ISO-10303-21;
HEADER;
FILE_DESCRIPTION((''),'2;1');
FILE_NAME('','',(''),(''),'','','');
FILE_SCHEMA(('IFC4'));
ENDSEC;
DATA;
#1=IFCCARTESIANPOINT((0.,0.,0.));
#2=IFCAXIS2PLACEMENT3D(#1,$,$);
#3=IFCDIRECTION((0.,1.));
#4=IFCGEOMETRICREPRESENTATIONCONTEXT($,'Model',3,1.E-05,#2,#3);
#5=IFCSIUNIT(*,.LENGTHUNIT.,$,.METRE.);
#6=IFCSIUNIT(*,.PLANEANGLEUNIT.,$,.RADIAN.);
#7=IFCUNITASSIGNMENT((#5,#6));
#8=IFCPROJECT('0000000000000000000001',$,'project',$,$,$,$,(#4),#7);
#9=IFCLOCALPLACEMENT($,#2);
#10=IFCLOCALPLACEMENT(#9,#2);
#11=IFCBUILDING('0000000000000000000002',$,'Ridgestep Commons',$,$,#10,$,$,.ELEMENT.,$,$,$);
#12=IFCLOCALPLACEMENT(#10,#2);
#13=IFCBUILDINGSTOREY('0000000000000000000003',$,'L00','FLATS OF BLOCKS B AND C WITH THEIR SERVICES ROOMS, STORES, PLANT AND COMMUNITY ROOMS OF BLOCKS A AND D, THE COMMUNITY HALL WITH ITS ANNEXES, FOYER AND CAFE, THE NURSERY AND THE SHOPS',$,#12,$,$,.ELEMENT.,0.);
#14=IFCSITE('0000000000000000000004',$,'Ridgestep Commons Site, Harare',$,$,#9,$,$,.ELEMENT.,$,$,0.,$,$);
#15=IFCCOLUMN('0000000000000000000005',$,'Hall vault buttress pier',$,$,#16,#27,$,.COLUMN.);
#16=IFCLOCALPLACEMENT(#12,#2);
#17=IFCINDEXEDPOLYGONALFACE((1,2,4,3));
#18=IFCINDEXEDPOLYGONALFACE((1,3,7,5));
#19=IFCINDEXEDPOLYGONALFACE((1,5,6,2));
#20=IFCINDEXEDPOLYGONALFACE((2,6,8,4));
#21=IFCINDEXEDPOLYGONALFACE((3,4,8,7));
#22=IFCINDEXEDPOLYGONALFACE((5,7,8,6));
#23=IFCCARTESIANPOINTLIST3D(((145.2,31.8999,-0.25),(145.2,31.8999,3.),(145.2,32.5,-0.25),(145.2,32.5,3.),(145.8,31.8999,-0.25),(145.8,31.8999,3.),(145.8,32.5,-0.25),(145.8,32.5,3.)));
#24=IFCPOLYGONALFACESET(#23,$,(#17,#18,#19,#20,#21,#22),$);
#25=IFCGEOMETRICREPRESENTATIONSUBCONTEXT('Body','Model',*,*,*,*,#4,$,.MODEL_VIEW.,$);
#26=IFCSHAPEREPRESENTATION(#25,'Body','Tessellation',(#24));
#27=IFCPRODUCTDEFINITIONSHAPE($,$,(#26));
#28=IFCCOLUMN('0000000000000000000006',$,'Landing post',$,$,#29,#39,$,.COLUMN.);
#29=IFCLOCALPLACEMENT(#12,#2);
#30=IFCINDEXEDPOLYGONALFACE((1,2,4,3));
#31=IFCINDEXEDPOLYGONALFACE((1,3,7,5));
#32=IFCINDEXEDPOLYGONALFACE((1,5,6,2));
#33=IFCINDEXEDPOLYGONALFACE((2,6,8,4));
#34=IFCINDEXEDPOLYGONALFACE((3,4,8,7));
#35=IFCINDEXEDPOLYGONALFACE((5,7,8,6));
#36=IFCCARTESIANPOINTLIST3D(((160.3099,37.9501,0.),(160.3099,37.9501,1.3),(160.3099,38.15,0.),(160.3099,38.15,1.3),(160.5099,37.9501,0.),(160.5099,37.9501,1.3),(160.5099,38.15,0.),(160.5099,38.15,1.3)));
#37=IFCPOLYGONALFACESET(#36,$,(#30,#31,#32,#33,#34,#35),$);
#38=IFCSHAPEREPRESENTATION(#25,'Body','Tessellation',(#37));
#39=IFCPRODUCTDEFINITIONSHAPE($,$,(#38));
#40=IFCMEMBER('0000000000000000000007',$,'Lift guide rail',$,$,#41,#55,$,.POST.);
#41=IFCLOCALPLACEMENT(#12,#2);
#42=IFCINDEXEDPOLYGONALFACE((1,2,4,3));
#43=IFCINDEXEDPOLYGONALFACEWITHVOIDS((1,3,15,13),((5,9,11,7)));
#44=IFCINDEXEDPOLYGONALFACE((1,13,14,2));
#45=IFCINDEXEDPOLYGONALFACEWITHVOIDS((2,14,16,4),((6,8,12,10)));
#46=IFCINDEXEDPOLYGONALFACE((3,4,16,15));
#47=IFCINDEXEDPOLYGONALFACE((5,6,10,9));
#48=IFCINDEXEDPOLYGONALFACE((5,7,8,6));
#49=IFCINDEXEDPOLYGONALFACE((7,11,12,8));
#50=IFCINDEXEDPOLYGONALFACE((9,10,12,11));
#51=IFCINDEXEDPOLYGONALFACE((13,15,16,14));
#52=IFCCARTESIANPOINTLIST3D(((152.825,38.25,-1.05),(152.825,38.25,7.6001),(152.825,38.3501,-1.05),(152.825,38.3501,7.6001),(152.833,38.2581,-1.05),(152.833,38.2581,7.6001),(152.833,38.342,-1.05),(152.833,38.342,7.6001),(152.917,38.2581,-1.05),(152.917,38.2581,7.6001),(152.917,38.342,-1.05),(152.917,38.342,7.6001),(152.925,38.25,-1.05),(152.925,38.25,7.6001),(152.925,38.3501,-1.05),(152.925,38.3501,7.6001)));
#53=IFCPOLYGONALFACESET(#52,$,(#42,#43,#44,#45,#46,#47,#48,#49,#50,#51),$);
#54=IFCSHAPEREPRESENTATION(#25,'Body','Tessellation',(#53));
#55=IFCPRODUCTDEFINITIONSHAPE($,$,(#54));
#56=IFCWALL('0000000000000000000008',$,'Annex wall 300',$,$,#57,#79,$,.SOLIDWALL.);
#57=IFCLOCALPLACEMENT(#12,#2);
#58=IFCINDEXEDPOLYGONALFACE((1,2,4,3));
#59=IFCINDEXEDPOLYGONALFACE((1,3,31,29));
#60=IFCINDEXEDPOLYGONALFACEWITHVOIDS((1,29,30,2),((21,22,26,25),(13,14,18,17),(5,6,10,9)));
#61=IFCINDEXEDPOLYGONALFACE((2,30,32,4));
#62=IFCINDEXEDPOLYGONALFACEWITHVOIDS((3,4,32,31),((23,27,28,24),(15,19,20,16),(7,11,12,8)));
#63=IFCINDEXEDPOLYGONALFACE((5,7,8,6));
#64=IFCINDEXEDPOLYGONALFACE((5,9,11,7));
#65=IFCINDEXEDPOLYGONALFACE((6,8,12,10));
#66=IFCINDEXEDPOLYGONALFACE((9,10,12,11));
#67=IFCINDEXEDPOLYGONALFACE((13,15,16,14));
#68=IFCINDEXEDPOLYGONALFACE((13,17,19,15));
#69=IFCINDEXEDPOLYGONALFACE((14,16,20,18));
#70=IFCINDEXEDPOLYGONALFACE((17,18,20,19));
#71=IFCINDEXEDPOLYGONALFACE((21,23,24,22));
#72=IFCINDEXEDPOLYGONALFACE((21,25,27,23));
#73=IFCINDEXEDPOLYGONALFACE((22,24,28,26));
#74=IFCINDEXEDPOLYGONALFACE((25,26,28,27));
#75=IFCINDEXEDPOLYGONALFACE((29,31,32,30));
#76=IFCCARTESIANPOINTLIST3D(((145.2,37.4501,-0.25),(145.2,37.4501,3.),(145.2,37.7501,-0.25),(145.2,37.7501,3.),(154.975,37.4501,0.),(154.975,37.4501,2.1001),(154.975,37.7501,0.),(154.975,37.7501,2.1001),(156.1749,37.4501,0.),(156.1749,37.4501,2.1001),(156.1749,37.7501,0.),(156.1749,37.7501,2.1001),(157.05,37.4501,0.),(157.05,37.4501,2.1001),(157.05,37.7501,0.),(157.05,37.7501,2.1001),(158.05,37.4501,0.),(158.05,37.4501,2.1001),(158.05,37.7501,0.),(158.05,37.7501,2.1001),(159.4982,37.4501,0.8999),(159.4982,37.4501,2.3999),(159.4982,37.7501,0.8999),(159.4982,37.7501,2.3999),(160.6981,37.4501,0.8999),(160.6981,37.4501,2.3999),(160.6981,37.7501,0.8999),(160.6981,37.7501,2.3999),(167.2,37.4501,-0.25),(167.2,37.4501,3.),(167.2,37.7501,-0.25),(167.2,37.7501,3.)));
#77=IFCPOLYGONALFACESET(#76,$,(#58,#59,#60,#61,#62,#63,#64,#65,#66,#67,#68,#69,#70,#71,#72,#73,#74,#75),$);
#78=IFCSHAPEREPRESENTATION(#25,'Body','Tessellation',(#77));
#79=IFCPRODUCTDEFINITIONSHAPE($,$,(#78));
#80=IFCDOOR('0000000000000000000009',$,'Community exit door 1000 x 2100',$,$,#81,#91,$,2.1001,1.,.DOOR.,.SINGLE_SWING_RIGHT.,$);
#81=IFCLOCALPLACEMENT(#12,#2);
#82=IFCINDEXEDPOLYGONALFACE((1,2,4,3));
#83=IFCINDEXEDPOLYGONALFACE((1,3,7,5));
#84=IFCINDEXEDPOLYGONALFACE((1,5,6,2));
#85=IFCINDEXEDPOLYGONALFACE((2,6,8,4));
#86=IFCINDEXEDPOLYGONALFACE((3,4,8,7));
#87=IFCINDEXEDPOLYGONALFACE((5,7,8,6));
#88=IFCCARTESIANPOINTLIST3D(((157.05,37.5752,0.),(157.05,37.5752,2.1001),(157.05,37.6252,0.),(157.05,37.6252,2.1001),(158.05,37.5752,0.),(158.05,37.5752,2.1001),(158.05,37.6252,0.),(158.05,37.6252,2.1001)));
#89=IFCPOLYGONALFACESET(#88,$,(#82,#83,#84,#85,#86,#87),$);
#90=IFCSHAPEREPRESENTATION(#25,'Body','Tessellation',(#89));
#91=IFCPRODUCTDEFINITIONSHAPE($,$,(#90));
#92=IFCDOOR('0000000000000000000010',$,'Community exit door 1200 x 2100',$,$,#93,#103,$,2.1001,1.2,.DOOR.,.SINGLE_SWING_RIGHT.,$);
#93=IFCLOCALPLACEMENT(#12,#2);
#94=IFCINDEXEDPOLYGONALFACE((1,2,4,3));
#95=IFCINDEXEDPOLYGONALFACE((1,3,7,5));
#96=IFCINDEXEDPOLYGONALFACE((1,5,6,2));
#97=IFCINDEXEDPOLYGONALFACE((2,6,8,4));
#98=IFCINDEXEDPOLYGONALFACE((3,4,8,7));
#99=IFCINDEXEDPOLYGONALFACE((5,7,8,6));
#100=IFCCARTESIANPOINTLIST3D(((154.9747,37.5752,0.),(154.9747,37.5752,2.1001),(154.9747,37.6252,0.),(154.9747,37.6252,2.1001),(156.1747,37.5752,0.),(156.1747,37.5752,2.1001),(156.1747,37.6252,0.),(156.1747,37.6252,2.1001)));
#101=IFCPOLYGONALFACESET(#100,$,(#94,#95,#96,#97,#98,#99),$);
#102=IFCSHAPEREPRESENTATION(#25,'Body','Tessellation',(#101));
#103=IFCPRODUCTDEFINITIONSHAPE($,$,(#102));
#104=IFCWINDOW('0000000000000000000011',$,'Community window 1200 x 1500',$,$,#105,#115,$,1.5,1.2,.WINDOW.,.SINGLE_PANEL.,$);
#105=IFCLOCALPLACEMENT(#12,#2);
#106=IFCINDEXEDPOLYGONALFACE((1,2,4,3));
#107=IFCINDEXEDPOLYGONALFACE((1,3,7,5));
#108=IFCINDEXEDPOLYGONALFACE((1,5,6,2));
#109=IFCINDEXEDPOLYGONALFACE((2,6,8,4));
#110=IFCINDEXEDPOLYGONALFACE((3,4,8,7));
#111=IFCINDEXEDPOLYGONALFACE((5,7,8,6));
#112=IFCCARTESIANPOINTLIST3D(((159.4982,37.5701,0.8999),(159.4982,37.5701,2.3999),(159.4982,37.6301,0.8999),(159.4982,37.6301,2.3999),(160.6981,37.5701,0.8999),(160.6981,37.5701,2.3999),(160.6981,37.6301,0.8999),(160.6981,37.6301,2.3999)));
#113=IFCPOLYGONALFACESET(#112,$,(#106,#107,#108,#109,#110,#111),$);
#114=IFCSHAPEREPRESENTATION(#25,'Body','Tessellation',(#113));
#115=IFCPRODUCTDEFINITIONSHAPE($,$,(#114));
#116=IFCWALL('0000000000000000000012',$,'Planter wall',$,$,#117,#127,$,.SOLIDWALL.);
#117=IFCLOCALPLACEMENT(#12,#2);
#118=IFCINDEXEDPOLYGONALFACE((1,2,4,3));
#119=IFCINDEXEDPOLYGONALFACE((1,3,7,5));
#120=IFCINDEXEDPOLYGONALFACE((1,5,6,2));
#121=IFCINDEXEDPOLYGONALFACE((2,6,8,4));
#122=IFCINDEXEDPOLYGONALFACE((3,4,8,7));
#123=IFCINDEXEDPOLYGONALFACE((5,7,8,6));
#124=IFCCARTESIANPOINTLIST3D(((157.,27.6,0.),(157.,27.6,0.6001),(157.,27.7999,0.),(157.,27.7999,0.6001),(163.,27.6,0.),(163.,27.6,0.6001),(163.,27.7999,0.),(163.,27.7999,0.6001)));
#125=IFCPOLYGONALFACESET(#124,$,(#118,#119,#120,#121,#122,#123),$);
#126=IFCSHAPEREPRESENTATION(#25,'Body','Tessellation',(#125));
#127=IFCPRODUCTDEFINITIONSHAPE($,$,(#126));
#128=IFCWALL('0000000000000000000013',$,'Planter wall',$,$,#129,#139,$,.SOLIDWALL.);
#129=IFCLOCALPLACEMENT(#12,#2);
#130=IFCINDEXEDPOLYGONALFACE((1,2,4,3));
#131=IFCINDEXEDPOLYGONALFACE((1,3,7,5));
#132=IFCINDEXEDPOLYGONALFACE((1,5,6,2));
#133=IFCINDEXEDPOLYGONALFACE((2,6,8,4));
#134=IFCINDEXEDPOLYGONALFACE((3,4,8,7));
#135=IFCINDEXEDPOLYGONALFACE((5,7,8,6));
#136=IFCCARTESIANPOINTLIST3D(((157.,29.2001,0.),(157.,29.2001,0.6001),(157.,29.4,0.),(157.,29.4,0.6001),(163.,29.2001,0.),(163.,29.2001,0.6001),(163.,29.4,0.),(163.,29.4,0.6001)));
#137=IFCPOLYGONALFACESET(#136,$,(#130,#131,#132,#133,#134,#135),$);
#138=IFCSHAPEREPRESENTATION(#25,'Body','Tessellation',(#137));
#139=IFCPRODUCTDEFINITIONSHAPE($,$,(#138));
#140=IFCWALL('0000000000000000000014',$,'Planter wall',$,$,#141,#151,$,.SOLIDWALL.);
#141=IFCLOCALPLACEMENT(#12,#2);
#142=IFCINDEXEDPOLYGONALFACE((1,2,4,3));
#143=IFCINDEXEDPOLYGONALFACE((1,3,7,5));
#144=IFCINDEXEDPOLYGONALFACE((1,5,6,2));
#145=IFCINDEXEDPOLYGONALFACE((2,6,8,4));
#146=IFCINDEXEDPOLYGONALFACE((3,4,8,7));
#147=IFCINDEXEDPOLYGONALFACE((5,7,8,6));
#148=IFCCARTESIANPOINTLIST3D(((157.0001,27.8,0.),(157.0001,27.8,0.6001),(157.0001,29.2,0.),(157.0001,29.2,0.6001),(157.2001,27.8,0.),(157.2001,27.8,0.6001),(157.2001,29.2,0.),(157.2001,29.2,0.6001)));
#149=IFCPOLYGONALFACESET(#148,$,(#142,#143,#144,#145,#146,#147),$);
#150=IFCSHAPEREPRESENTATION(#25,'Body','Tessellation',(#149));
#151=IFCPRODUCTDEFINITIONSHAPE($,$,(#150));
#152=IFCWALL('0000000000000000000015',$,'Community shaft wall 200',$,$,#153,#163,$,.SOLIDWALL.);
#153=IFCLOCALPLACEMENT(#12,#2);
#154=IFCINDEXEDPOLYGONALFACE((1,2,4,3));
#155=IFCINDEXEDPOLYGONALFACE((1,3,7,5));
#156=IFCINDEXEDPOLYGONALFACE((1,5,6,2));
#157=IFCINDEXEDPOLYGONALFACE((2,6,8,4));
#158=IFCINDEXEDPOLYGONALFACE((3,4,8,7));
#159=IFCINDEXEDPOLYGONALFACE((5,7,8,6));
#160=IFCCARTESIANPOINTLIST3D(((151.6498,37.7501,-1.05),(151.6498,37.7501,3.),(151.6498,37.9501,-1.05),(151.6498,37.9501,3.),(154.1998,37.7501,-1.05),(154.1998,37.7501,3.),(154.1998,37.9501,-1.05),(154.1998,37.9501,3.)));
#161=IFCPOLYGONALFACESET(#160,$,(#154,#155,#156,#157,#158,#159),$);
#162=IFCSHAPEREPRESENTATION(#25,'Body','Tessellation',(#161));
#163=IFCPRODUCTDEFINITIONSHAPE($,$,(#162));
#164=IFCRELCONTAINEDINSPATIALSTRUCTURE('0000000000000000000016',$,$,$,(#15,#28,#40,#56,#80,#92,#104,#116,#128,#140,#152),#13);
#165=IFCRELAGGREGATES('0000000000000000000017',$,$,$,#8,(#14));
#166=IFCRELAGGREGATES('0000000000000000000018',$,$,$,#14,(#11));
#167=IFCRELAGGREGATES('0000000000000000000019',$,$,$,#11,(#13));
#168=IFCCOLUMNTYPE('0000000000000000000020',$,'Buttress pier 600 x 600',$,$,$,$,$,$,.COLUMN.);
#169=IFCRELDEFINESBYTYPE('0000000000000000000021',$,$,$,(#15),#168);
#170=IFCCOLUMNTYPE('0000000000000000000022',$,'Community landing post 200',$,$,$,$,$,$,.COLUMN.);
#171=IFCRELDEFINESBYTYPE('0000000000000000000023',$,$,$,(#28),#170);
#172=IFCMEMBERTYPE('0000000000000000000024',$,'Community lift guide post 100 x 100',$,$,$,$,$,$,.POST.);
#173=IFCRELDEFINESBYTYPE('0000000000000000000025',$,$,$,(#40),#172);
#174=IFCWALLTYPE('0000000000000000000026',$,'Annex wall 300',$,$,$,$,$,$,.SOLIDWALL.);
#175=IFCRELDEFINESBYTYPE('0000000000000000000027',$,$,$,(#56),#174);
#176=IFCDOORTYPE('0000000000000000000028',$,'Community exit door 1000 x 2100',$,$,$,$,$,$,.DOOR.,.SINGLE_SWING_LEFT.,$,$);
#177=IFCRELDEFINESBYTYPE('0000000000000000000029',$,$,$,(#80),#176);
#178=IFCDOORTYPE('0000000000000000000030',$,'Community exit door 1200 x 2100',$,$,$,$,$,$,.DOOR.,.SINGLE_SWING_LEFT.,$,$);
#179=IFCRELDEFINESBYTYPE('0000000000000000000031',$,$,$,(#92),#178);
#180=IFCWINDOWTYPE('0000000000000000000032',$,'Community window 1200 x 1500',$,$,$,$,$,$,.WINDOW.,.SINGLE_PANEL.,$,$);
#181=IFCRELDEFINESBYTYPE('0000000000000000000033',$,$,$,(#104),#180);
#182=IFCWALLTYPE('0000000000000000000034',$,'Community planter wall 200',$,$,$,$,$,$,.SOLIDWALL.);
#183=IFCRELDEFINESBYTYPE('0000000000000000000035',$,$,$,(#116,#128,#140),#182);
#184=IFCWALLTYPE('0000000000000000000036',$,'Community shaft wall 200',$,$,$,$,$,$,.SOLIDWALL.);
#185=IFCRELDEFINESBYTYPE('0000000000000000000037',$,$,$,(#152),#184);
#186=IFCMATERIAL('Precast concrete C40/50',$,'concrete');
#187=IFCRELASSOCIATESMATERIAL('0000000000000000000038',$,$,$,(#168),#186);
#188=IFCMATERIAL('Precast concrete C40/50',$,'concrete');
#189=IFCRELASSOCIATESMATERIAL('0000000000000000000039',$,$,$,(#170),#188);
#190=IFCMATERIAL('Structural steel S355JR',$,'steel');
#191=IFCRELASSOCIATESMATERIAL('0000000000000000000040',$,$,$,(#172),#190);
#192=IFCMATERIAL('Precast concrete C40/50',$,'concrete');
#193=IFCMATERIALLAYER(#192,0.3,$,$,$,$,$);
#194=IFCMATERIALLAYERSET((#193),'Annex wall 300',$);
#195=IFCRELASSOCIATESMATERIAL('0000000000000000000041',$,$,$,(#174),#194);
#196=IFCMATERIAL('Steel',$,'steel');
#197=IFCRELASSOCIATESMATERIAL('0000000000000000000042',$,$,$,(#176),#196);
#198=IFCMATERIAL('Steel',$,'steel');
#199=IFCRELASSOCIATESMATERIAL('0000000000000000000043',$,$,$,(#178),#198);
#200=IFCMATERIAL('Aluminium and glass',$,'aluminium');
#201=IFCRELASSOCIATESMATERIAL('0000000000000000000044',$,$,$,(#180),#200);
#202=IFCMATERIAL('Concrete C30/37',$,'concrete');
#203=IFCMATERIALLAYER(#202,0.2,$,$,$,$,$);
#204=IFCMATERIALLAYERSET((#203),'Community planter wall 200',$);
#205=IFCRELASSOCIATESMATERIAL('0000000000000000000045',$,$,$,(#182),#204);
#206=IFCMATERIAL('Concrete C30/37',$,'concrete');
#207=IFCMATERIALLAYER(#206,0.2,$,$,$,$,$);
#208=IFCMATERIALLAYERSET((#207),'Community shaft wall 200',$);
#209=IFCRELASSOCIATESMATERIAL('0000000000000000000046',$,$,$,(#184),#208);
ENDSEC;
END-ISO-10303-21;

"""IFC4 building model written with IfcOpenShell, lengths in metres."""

from ifc_helpers import new_model, si_unit, direction, frame, frame_2d, origin, origin_2d, place, context, subcontext, project, spatial, rectangle, hollow_rectangle, extrude, material, layer, layer_set, material_profile, profile_set, type_object, element, fill, save


model = new_model("IFC4")

# Units and contexts
model_context = context("Model", 3, precision=1e-05, world=origin(), true_north=direction((0.0, 1.0)))
body_context = subcontext(model_context, "Body", "Model", "MODEL_VIEW")
ifc_project = project(units=[si_unit("LENGTHUNIT", "METRE"), si_unit("PLANEANGLEUNIT", "RADIAN")], contexts=[model_context])

# Site, building, storey
site_placement = place(None, origin())
site = spatial("IfcSite", under=ifc_project, at=site_placement, Name="Ridgestep Commons Site, Harare", CompositionType="ELEMENT", RefElevation=0.0)
building_placement = place(site_placement, origin())
building = spatial("IfcBuilding", under=site, at=building_placement, Name="Ridgestep Commons", CompositionType="ELEMENT")
storey_placement = place(building_placement, origin())
storey = spatial("IfcBuildingStorey", under=building, at=storey_placement, Name="L00", Description="FLATS OF BLOCKS B AND C WITH THEIR SERVICES ROOMS, STORES, PLANT AND COMMUNITY ROOMS OF BLOCKS A AND D, THE COMMUNITY HALL WITH ITS ANNEXES, FOYER AND CAFE, THE NURSERY AND THE SHOPS", CompositionType="ELEMENT", Elevation=0.0)

# Columns
ifc_material_1 = material(Name="Precast concrete C40/50", Category="concrete")
ifc_material_profile_1 = material_profile(ifc_material_1, rectangle(XDim=0.6001, YDim=0.6001, at=origin_2d()), Name="Buttress pier 600 x 600")
ifc_profile_set_1 = profile_set([ifc_material_profile_1], Name="Precast concrete C40/50")
column_type_1 = type_object("IfcColumnType", Name="Buttress pier 600 x 600", PredefinedType="COLUMN", material=ifc_profile_set_1)
column_1_placement = place(storey_placement, frame((145.5, 32.2, -0.25), z_axis=(0.0, 0.0, 1.0), x_axis=(1.0, 0.0, 0.0)))
element("IfcColumn", 1, at=column_1_placement, inside=storey, type_object=column_type_1, Name="Hall vault buttress pier", PredefinedType="COLUMN", context=body_context, shape_type="SweptSolid", body=[
    extrude(rectangle(XDim=0.6001, YDim=0.6001, at=origin_2d()), origin(), (0.0, 0.0, 1.0), 3.25),
])
ifc_material_2 = material(Name="Precast concrete C40/50", Category="concrete")
ifc_material_profile_2 = material_profile(ifc_material_2, rectangle(XDim=0.2, YDim=0.2, at=origin_2d()), Name="Community landing post 200")
ifc_profile_set_2 = profile_set([ifc_material_profile_2], Name="Precast concrete C40/50")
column_type_2 = type_object("IfcColumnType", Name="Community landing post 200", PredefinedType="COLUMN", material=ifc_profile_set_2)
column_2_placement = place(storey_placement, frame((160.4099, 38.05, 0.0), z_axis=(0.0, 0.0, 1.0), x_axis=(1.0, 0.0, 0.0)))
element("IfcColumn", 2, at=column_2_placement, inside=storey, type_object=column_type_2, Name="Landing post", PredefinedType="COLUMN", context=body_context, shape_type="SweptSolid", body=[
    extrude(rectangle(XDim=0.2, YDim=0.2, at=origin_2d()), origin(), (0.0, 0.0, 1.0), 1.3),
])

# Member
ifc_material_3 = material(Name="Structural steel S355JR", Category="steel")
ifc_material_profile_3 = material_profile(ifc_material_3, hollow_rectangle(XDim=0.1001, YDim=0.1001, WallThickness=0.0081, at=origin_2d()), Name="RHS 100x100x8")
ifc_profile_set_3 = profile_set([ifc_material_profile_3], Name="Structural steel S355JR")
member_type = type_object("IfcMemberType", Name="Community lift guide post 100 x 100", PredefinedType="POST", material=ifc_profile_set_3)
member_placement = place(storey_placement, frame((152.875, 38.3, -1.05), z_axis=(0.0, 0.0, 1.0), x_axis=(1.0, 0.0, 0.0)))
element("IfcMember", 3, at=member_placement, inside=storey, type_object=member_type, Name="Lift guide rail", PredefinedType="POST", context=body_context, shape_type="SweptSolid", body=[
    extrude(hollow_rectangle(XDim=0.1001, YDim=0.1001, WallThickness=0.0081, at=origin_2d()), origin(), (0.0, 0.0, 1.0), 8.6501),
])

# Wall, openings, doors, window
ifc_material_4 = material(Name="Precast concrete C40/50", Category="concrete")
ifc_layer_1 = layer(ifc_material_4, 0.3)
ifc_layer_set_1 = layer_set([ifc_layer_1], Name="Annex wall 300")
wall_type_1 = type_object("IfcWallType", Name="Annex wall 300", PredefinedType="SOLIDWALL", material=ifc_layer_set_1)
wall_1_placement = place(storey_placement, frame((145.2, 37.6001, -0.25), z_axis=(0.0, 0.0, 1.0), x_axis=(1.0, 0.0, 0.0)))
wall_1 = element("IfcWall", 4, at=wall_1_placement, inside=storey, type_object=wall_type_1, Name="Annex wall 300", PredefinedType="SOLIDWALL", context=body_context, shape_type="SweptSolid", body=[
    extrude(rectangle(XDim=22.0, YDim=0.3, at=frame_2d((11.0, 0.0))), origin(), (0.0, 0.0, 1.0), 3.25),
])
opening_1_placement = place(wall_1_placement, frame((14.2981, 0.0, 1.1499)))
opening_1 = element("IfcOpeningElement", 5, at=opening_1_placement, cuts=wall_1, PredefinedType="OPENING", context=body_context, shape_type="SweptSolid", body=[
    extrude(rectangle(XDim=1.2, YDim=1.5, at=frame_2d((0.6001, 0.75))), frame((0.0, 0.1599, 0.0), z_axis=(0.0, -1.0, 0.0), x_axis=(1.0, 0.0, 0.0)), (0.0, 0.0, 1.0), 0.3201),
])
opening_2_placement = place(wall_1_placement, frame((9.7749, 0.0, 0.25)))
opening_2 = element("IfcOpeningElement", 6, at=opening_2_placement, cuts=wall_1, PredefinedType="OPENING", context=body_context, shape_type="SweptSolid", body=[
    extrude(rectangle(XDim=1.2, YDim=2.1001, at=frame_2d((0.6001, 1.05))), frame((0.0, 0.1599, 0.0), z_axis=(0.0, -1.0, 0.0), x_axis=(1.0, 0.0, 0.0)), (0.0, 0.0, 1.0), 0.3201),
])
opening_3_placement = place(wall_1_placement, frame((11.8501, 0.0, 0.25)))
opening_3 = element("IfcOpeningElement", 7, at=opening_3_placement, cuts=wall_1, PredefinedType="OPENING", context=body_context, shape_type="SweptSolid", body=[
    extrude(rectangle(XDim=1.0, YDim=2.1001, at=frame_2d((0.5, 1.05))), frame((0.0, 0.1599, 0.0), z_axis=(0.0, -1.0, 0.0), x_axis=(1.0, 0.0, 0.0)), (0.0, 0.0, 1.0), 0.3201),
])
ifc_material_5 = material(Name="Steel", Category="steel")
door_type_1 = type_object("IfcDoorType", Name="Community exit door 1000 x 2100", OperationType="SINGLE_SWING_LEFT", PredefinedType="DOOR", material=ifc_material_5)
door_1_placement = place(opening_3_placement, frame((1.0, 0.0, 0.0), z_axis=(0.0, 0.0, 1.0), x_axis=(-1.0, 0.0, 0.0)))
door_1 = element("IfcDoor", 8, at=door_1_placement, inside=storey, type_object=door_type_1, Name="Community exit door 1000 x 2100", OperationType="SINGLE_SWING_RIGHT", OverallHeight=2.1001, OverallWidth=1.0, PredefinedType="DOOR", context=body_context, shape_type="SweptSolid", body=[
    extrude(rectangle(XDim=1.0, YDim=2.1001, at=frame_2d((0.5, 1.05))), frame((0.0, 0.0249, 0.0), z_axis=(0.0, -1.0, 0.0), x_axis=(1.0, 0.0, 0.0)), (0.0, 0.0, 1.0), 0.05),
])
fill(opening_3, door_1)
ifc_material_6 = material(Name="Steel", Category="steel")
door_type_2 = type_object("IfcDoorType", Name="Community exit door 1200 x 2100", OperationType="SINGLE_SWING_LEFT", PredefinedType="DOOR", material=ifc_material_6)
door_2_placement = place(opening_2_placement, frame((1.2, 0.0, 0.0), z_axis=(0.0, 0.0, 1.0), x_axis=(-1.0, 0.0, 0.0)))
door_2 = element("IfcDoor", 9, at=door_2_placement, inside=storey, type_object=door_type_2, Name="Community exit door 1200 x 2100", OperationType="SINGLE_SWING_RIGHT", OverallHeight=2.1001, OverallWidth=1.2, PredefinedType="DOOR", context=body_context, shape_type="SweptSolid", body=[
    extrude(rectangle(XDim=1.2, YDim=2.1001, at=frame_2d((0.6001, 1.05))), frame((0.0, 0.0249, 0.0), z_axis=(0.0, -1.0, 0.0), x_axis=(1.0, 0.0, 0.0)), (0.0, 0.0, 1.0), 0.05),
])
fill(opening_2, door_2)
ifc_material_7 = material(Name="Aluminium and glass", Category="aluminium")
window_type_1 = type_object("IfcWindowType", Name="Community window 1200 x 1500", PartitioningType="SINGLE_PANEL", PredefinedType="WINDOW", material=ifc_material_7)
window_1_placement = place(opening_1_placement, origin())
window_1 = element("IfcWindow", 10, at=window_1_placement, inside=storey, type_object=window_type_1, Name="Community window 1200 x 1500", OverallHeight=1.5, OverallWidth=1.2, PartitioningType="SINGLE_PANEL", PredefinedType="WINDOW", context=body_context, shape_type="SweptSolid", body=[
    extrude(rectangle(XDim=1.2, YDim=1.5, at=frame_2d((0.6001, 0.75))), frame((0.0, 0.03, 0.0), z_axis=(0.0, -1.0, 0.0), x_axis=(1.0, 0.0, 0.0)), (0.0, 0.0, 1.0), 0.0601),
])
fill(opening_1, window_1)

# Walls
ifc_material_8 = material(Name="Concrete C30/37", Category="concrete")
ifc_layer_2 = layer(ifc_material_8, 0.2)
ifc_layer_set_2 = layer_set([ifc_layer_2], Name="Community planter wall 200")
wall_type_2 = type_object("IfcWallType", Name="Community planter wall 200", PredefinedType="SOLIDWALL", material=ifc_layer_set_2)
for number, where, z_axis, x_axis, name in (
    (11, (157.0, 27.7, 0.0), (0.0, 0.0, 1.0), (1.0, 0.0, 0.0), "Planter wall"),
    (12, (157.0, 29.3, 0.0), (0.0, 0.0, 1.0), (1.0, 0.0, 0.0), "Planter wall"),
):
    element("IfcWall", number, at=place(storey_placement, frame(where, z_axis=z_axis, x_axis=x_axis)), inside=storey, type_object=wall_type_2, Name=name, PredefinedType="SOLIDWALL", context=body_context, shape_type="SweptSolid", body=[
        extrude(rectangle(XDim=6.0, YDim=0.2, at=frame_2d((3.0, 0.0))), origin(), (0.0, 0.0, 1.0), 0.6001),
    ])
wall_2_placement = place(storey_placement, frame((157.1001, 27.8, 0.0), z_axis=(0.0, 0.0, 1.0), x_axis=(0.0, 1.0, 0.0)))
element("IfcWall", 13, at=wall_2_placement, inside=storey, type_object=wall_type_2, Name="Planter wall", PredefinedType="SOLIDWALL", context=body_context, shape_type="SweptSolid", body=[
    extrude(rectangle(XDim=1.3999, YDim=0.2, at=frame_2d((0.7, 0.0))), origin(), (0.0, 0.0, 1.0), 0.6001),
])
ifc_material_9 = material(Name="Concrete C30/37", Category="concrete")
ifc_layer_3 = layer(ifc_material_9, 0.2)
ifc_layer_set_3 = layer_set([ifc_layer_3], Name="Community shaft wall 200")
wall_type_3 = type_object("IfcWallType", Name="Community shaft wall 200", PredefinedType="SOLIDWALL", material=ifc_layer_set_3)
wall_3_placement = place(storey_placement, frame((151.6499, 37.8501, -1.05), z_axis=(0.0, 0.0, 1.0), x_axis=(1.0, 0.0, 0.0)))
element("IfcWall", 14, at=wall_3_placement, inside=storey, type_object=wall_type_3, Name="Community shaft wall 200", PredefinedType="SOLIDWALL", context=body_context, shape_type="SweptSolid", body=[
    extrude(rectangle(XDim=2.55, YDim=0.2, at=frame_2d((1.2749, 0.0))), origin(), (0.0, 0.0, 1.0), 4.05),
])

save(model, "model.ifc")
